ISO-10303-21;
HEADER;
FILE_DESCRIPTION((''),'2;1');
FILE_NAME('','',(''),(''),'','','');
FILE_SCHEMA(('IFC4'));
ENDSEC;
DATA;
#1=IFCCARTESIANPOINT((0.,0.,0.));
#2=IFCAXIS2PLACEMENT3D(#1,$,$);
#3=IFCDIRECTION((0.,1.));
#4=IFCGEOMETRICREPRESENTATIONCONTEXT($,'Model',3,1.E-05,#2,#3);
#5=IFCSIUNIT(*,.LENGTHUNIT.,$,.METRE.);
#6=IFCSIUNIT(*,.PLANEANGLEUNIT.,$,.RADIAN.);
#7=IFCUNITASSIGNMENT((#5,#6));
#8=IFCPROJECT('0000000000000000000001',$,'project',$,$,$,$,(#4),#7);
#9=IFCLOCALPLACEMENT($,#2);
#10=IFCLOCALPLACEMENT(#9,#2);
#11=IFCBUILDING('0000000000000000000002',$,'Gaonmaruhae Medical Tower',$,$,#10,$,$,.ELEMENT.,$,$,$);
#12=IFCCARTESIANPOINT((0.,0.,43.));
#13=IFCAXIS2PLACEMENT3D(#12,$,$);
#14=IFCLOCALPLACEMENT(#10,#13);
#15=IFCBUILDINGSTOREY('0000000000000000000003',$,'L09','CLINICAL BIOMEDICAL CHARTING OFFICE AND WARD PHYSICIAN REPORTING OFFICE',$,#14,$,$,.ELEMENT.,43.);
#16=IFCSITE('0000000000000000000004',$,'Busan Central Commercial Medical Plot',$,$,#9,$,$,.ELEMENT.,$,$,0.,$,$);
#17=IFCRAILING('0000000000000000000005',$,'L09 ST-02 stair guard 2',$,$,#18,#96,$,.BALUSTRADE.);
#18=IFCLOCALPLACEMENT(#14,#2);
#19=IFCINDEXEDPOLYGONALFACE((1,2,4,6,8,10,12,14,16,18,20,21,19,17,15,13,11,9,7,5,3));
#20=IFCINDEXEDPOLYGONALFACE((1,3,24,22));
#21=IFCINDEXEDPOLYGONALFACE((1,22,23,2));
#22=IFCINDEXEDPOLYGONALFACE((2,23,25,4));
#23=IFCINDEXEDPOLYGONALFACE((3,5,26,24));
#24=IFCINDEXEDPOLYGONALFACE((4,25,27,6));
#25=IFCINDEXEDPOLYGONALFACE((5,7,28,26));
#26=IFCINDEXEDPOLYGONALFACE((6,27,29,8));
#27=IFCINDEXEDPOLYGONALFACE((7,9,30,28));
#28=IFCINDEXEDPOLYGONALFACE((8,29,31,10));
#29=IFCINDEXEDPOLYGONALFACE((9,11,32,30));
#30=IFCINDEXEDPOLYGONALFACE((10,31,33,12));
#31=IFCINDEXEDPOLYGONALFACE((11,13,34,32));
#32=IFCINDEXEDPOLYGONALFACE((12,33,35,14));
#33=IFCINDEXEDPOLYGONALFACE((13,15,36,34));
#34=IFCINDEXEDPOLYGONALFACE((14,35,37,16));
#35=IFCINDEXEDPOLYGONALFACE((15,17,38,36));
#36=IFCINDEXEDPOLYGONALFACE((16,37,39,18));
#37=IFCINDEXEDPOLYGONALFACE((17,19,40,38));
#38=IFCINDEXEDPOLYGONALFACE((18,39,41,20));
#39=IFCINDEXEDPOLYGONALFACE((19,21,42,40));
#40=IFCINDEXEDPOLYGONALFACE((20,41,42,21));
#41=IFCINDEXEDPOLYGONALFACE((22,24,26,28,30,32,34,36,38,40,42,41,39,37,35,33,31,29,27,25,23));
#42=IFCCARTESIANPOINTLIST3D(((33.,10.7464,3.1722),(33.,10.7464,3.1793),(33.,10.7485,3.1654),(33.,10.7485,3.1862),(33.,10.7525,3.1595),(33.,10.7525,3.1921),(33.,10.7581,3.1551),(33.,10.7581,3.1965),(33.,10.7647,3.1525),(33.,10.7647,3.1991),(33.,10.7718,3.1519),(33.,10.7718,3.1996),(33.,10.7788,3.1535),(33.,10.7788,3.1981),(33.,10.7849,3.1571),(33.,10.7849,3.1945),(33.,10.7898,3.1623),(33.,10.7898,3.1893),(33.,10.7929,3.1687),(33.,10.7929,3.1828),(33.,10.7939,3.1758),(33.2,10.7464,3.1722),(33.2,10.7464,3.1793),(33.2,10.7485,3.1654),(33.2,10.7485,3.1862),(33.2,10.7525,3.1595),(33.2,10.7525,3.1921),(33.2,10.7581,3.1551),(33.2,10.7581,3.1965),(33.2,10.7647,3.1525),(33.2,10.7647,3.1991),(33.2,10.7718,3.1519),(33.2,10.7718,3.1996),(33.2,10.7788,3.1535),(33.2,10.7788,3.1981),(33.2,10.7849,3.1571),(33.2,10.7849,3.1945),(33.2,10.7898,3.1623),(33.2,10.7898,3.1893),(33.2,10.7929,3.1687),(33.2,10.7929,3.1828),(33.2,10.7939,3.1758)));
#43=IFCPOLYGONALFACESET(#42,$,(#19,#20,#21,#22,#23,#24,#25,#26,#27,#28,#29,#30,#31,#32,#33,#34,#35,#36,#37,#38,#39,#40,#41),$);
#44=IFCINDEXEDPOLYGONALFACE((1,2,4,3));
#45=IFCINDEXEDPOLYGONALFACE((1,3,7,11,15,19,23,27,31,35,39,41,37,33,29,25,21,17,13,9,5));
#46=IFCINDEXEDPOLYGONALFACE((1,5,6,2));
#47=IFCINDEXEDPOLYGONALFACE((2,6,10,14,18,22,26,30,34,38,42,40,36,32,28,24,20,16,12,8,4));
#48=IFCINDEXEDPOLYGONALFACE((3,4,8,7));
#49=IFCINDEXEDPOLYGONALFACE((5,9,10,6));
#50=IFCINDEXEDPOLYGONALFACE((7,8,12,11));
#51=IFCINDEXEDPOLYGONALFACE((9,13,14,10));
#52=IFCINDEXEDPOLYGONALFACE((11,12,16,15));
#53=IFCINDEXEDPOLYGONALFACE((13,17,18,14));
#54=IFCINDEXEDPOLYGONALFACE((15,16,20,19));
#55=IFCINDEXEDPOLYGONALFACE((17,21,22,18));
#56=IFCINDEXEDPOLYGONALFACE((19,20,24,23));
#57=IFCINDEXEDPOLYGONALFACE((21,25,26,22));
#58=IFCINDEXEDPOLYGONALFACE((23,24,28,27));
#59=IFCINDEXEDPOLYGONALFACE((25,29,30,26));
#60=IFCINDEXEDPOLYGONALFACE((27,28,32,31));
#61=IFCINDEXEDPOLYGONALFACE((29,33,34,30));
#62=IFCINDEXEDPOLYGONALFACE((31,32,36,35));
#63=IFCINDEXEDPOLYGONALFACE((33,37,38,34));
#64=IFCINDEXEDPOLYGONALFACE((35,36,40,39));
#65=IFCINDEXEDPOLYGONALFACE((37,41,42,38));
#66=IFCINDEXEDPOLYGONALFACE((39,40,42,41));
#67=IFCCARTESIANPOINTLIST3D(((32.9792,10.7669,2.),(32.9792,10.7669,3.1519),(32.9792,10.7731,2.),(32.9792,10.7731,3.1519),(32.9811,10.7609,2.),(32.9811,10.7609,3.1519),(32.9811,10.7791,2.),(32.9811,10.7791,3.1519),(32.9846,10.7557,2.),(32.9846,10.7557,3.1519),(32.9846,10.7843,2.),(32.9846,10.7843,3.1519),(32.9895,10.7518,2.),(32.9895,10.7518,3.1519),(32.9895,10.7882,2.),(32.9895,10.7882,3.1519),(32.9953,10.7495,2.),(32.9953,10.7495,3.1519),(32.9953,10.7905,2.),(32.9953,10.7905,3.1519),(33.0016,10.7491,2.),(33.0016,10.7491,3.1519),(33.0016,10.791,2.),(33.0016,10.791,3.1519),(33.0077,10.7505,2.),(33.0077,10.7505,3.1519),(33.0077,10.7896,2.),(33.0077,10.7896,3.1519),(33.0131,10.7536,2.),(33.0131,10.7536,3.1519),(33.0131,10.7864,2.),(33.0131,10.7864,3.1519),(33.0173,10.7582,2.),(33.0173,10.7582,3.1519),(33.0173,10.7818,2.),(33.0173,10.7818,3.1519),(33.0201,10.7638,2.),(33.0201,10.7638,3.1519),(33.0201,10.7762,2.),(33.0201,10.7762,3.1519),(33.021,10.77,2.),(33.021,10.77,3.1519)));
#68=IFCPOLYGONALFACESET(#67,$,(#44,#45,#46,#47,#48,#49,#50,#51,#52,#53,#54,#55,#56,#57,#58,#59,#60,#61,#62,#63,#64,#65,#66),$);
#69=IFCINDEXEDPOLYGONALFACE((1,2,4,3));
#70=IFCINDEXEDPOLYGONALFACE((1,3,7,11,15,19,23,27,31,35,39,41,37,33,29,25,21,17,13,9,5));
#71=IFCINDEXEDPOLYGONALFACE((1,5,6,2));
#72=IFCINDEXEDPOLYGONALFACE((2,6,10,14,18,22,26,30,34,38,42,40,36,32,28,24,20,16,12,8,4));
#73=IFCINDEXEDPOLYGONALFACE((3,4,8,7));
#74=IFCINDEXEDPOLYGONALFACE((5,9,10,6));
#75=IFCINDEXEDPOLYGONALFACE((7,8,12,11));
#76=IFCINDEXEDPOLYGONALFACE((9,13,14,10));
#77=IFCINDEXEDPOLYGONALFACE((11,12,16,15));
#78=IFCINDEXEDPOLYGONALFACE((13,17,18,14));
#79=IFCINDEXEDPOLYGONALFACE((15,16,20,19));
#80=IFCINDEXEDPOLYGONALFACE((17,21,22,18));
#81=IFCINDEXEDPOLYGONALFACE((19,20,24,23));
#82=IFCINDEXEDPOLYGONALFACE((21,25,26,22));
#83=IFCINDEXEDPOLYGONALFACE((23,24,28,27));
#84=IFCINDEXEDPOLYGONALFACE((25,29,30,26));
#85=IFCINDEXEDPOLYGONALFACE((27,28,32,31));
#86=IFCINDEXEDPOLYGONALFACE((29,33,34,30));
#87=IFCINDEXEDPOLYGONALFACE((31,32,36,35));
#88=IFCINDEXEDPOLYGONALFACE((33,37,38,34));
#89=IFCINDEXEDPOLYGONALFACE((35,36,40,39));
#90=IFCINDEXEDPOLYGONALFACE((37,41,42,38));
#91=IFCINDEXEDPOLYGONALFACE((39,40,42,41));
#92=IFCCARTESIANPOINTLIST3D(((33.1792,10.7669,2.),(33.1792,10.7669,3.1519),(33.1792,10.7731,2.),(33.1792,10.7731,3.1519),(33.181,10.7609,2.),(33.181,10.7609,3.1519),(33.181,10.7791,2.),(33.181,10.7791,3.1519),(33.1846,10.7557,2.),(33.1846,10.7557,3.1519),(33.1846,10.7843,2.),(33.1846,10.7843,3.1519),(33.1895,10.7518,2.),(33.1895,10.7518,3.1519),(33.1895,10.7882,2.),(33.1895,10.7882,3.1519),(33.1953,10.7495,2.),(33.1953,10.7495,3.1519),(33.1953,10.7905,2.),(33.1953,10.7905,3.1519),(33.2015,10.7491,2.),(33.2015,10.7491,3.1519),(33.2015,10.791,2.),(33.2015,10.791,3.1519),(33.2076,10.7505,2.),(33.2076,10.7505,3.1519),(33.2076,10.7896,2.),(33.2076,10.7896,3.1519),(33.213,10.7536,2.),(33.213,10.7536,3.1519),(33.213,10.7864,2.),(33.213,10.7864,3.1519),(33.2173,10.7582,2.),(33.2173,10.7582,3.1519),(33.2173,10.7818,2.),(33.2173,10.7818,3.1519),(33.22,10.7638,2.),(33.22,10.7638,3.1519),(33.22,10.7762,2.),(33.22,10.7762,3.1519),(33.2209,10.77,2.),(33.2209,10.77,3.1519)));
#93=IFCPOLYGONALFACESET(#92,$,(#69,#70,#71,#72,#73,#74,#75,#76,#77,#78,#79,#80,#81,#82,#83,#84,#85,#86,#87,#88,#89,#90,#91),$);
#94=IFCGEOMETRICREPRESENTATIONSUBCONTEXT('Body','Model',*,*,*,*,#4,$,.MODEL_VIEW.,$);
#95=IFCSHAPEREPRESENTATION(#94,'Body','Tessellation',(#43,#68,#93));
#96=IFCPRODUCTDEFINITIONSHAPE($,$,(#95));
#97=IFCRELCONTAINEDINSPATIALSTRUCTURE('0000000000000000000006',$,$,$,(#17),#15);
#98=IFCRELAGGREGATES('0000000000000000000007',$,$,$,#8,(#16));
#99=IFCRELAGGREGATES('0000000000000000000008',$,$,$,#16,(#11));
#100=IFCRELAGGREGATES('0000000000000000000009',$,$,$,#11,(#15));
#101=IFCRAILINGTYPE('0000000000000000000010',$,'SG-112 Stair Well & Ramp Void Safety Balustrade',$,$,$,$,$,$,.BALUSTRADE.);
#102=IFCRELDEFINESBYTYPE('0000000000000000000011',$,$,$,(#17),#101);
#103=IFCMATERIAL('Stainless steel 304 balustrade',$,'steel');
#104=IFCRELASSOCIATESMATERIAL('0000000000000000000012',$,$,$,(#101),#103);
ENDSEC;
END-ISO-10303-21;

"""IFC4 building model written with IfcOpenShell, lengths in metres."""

from ifc_helpers import new_model, si_unit, direction, frame, origin, origin_2d, place, context, subcontext, project, spatial, circle, extrude, material, type_object, element, save


model = new_model("IFC4")

# Units and contexts
model_context = context("Model", 3, precision=1e-05, world=origin(), true_north=direction((0.0, 1.0)))
body_context = subcontext(model_context, "Body", "Model", "MODEL_VIEW")
ifc_project = project(units=[si_unit("LENGTHUNIT", "METRE"), si_unit("PLANEANGLEUNIT", "RADIAN")], contexts=[model_context])

# Site, building, storey
site_placement = place(None, origin())
site = spatial("IfcSite", under=ifc_project, at=site_placement, Name="Busan Central Commercial Medical Plot", CompositionType="ELEMENT", RefElevation=0.0)
building_placement = place(site_placement, origin())
building = spatial("IfcBuilding", under=site, at=building_placement, Name="Gaonmaruhae Medical Tower", CompositionType="ELEMENT")
storey_placement = place(building_placement, frame((0.0, 0.0, 43.0)))
storey = spatial("IfcBuildingStorey", under=building, at=storey_placement, Name="L09", Description="CLINICAL BIOMEDICAL CHARTING OFFICE AND WARD PHYSICIAN REPORTING OFFICE", CompositionType="ELEMENT", Elevation=43.0)

# Railing
ifc_material_1 = material(Name="Stainless steel 304 balustrade", Category="steel")
railing_type_1 = type_object("IfcRailingType", Name="SG-112 Stair Well & Ramp Void Safety Balustrade", PredefinedType="BALUSTRADE", material=ifc_material_1)
railing_1_placement = place(storey_placement, frame((33.0, 10.77, 2.0)))
element("IfcRailing", 1, at=railing_1_placement, inside=storey, type_object=railing_type_1, Name="L09 ST-02 stair guard 2", PredefinedType="BALUSTRADE", context=body_context, shape_type="SweptSolid", body=[
    extrude(circle(Radius=0.0239, at=origin_2d()), frame((0.0, 0.0, 1.1758), z_axis=(1.0, 0.0, 0.0), x_axis=(0.0, 1.0, 0.0)), (0.0, 0.0, 1.0), 0.2),
    extrude(circle(Radius=0.021, at=origin_2d()), origin(), (0.0, 0.0, 1.0), 1.1519),
    extrude(circle(Radius=0.021, at=origin_2d()), frame((0.2, 0.0, 0.0)), (0.0, 0.0, 1.0), 1.1519),
])

save(model, "model.ifc")
